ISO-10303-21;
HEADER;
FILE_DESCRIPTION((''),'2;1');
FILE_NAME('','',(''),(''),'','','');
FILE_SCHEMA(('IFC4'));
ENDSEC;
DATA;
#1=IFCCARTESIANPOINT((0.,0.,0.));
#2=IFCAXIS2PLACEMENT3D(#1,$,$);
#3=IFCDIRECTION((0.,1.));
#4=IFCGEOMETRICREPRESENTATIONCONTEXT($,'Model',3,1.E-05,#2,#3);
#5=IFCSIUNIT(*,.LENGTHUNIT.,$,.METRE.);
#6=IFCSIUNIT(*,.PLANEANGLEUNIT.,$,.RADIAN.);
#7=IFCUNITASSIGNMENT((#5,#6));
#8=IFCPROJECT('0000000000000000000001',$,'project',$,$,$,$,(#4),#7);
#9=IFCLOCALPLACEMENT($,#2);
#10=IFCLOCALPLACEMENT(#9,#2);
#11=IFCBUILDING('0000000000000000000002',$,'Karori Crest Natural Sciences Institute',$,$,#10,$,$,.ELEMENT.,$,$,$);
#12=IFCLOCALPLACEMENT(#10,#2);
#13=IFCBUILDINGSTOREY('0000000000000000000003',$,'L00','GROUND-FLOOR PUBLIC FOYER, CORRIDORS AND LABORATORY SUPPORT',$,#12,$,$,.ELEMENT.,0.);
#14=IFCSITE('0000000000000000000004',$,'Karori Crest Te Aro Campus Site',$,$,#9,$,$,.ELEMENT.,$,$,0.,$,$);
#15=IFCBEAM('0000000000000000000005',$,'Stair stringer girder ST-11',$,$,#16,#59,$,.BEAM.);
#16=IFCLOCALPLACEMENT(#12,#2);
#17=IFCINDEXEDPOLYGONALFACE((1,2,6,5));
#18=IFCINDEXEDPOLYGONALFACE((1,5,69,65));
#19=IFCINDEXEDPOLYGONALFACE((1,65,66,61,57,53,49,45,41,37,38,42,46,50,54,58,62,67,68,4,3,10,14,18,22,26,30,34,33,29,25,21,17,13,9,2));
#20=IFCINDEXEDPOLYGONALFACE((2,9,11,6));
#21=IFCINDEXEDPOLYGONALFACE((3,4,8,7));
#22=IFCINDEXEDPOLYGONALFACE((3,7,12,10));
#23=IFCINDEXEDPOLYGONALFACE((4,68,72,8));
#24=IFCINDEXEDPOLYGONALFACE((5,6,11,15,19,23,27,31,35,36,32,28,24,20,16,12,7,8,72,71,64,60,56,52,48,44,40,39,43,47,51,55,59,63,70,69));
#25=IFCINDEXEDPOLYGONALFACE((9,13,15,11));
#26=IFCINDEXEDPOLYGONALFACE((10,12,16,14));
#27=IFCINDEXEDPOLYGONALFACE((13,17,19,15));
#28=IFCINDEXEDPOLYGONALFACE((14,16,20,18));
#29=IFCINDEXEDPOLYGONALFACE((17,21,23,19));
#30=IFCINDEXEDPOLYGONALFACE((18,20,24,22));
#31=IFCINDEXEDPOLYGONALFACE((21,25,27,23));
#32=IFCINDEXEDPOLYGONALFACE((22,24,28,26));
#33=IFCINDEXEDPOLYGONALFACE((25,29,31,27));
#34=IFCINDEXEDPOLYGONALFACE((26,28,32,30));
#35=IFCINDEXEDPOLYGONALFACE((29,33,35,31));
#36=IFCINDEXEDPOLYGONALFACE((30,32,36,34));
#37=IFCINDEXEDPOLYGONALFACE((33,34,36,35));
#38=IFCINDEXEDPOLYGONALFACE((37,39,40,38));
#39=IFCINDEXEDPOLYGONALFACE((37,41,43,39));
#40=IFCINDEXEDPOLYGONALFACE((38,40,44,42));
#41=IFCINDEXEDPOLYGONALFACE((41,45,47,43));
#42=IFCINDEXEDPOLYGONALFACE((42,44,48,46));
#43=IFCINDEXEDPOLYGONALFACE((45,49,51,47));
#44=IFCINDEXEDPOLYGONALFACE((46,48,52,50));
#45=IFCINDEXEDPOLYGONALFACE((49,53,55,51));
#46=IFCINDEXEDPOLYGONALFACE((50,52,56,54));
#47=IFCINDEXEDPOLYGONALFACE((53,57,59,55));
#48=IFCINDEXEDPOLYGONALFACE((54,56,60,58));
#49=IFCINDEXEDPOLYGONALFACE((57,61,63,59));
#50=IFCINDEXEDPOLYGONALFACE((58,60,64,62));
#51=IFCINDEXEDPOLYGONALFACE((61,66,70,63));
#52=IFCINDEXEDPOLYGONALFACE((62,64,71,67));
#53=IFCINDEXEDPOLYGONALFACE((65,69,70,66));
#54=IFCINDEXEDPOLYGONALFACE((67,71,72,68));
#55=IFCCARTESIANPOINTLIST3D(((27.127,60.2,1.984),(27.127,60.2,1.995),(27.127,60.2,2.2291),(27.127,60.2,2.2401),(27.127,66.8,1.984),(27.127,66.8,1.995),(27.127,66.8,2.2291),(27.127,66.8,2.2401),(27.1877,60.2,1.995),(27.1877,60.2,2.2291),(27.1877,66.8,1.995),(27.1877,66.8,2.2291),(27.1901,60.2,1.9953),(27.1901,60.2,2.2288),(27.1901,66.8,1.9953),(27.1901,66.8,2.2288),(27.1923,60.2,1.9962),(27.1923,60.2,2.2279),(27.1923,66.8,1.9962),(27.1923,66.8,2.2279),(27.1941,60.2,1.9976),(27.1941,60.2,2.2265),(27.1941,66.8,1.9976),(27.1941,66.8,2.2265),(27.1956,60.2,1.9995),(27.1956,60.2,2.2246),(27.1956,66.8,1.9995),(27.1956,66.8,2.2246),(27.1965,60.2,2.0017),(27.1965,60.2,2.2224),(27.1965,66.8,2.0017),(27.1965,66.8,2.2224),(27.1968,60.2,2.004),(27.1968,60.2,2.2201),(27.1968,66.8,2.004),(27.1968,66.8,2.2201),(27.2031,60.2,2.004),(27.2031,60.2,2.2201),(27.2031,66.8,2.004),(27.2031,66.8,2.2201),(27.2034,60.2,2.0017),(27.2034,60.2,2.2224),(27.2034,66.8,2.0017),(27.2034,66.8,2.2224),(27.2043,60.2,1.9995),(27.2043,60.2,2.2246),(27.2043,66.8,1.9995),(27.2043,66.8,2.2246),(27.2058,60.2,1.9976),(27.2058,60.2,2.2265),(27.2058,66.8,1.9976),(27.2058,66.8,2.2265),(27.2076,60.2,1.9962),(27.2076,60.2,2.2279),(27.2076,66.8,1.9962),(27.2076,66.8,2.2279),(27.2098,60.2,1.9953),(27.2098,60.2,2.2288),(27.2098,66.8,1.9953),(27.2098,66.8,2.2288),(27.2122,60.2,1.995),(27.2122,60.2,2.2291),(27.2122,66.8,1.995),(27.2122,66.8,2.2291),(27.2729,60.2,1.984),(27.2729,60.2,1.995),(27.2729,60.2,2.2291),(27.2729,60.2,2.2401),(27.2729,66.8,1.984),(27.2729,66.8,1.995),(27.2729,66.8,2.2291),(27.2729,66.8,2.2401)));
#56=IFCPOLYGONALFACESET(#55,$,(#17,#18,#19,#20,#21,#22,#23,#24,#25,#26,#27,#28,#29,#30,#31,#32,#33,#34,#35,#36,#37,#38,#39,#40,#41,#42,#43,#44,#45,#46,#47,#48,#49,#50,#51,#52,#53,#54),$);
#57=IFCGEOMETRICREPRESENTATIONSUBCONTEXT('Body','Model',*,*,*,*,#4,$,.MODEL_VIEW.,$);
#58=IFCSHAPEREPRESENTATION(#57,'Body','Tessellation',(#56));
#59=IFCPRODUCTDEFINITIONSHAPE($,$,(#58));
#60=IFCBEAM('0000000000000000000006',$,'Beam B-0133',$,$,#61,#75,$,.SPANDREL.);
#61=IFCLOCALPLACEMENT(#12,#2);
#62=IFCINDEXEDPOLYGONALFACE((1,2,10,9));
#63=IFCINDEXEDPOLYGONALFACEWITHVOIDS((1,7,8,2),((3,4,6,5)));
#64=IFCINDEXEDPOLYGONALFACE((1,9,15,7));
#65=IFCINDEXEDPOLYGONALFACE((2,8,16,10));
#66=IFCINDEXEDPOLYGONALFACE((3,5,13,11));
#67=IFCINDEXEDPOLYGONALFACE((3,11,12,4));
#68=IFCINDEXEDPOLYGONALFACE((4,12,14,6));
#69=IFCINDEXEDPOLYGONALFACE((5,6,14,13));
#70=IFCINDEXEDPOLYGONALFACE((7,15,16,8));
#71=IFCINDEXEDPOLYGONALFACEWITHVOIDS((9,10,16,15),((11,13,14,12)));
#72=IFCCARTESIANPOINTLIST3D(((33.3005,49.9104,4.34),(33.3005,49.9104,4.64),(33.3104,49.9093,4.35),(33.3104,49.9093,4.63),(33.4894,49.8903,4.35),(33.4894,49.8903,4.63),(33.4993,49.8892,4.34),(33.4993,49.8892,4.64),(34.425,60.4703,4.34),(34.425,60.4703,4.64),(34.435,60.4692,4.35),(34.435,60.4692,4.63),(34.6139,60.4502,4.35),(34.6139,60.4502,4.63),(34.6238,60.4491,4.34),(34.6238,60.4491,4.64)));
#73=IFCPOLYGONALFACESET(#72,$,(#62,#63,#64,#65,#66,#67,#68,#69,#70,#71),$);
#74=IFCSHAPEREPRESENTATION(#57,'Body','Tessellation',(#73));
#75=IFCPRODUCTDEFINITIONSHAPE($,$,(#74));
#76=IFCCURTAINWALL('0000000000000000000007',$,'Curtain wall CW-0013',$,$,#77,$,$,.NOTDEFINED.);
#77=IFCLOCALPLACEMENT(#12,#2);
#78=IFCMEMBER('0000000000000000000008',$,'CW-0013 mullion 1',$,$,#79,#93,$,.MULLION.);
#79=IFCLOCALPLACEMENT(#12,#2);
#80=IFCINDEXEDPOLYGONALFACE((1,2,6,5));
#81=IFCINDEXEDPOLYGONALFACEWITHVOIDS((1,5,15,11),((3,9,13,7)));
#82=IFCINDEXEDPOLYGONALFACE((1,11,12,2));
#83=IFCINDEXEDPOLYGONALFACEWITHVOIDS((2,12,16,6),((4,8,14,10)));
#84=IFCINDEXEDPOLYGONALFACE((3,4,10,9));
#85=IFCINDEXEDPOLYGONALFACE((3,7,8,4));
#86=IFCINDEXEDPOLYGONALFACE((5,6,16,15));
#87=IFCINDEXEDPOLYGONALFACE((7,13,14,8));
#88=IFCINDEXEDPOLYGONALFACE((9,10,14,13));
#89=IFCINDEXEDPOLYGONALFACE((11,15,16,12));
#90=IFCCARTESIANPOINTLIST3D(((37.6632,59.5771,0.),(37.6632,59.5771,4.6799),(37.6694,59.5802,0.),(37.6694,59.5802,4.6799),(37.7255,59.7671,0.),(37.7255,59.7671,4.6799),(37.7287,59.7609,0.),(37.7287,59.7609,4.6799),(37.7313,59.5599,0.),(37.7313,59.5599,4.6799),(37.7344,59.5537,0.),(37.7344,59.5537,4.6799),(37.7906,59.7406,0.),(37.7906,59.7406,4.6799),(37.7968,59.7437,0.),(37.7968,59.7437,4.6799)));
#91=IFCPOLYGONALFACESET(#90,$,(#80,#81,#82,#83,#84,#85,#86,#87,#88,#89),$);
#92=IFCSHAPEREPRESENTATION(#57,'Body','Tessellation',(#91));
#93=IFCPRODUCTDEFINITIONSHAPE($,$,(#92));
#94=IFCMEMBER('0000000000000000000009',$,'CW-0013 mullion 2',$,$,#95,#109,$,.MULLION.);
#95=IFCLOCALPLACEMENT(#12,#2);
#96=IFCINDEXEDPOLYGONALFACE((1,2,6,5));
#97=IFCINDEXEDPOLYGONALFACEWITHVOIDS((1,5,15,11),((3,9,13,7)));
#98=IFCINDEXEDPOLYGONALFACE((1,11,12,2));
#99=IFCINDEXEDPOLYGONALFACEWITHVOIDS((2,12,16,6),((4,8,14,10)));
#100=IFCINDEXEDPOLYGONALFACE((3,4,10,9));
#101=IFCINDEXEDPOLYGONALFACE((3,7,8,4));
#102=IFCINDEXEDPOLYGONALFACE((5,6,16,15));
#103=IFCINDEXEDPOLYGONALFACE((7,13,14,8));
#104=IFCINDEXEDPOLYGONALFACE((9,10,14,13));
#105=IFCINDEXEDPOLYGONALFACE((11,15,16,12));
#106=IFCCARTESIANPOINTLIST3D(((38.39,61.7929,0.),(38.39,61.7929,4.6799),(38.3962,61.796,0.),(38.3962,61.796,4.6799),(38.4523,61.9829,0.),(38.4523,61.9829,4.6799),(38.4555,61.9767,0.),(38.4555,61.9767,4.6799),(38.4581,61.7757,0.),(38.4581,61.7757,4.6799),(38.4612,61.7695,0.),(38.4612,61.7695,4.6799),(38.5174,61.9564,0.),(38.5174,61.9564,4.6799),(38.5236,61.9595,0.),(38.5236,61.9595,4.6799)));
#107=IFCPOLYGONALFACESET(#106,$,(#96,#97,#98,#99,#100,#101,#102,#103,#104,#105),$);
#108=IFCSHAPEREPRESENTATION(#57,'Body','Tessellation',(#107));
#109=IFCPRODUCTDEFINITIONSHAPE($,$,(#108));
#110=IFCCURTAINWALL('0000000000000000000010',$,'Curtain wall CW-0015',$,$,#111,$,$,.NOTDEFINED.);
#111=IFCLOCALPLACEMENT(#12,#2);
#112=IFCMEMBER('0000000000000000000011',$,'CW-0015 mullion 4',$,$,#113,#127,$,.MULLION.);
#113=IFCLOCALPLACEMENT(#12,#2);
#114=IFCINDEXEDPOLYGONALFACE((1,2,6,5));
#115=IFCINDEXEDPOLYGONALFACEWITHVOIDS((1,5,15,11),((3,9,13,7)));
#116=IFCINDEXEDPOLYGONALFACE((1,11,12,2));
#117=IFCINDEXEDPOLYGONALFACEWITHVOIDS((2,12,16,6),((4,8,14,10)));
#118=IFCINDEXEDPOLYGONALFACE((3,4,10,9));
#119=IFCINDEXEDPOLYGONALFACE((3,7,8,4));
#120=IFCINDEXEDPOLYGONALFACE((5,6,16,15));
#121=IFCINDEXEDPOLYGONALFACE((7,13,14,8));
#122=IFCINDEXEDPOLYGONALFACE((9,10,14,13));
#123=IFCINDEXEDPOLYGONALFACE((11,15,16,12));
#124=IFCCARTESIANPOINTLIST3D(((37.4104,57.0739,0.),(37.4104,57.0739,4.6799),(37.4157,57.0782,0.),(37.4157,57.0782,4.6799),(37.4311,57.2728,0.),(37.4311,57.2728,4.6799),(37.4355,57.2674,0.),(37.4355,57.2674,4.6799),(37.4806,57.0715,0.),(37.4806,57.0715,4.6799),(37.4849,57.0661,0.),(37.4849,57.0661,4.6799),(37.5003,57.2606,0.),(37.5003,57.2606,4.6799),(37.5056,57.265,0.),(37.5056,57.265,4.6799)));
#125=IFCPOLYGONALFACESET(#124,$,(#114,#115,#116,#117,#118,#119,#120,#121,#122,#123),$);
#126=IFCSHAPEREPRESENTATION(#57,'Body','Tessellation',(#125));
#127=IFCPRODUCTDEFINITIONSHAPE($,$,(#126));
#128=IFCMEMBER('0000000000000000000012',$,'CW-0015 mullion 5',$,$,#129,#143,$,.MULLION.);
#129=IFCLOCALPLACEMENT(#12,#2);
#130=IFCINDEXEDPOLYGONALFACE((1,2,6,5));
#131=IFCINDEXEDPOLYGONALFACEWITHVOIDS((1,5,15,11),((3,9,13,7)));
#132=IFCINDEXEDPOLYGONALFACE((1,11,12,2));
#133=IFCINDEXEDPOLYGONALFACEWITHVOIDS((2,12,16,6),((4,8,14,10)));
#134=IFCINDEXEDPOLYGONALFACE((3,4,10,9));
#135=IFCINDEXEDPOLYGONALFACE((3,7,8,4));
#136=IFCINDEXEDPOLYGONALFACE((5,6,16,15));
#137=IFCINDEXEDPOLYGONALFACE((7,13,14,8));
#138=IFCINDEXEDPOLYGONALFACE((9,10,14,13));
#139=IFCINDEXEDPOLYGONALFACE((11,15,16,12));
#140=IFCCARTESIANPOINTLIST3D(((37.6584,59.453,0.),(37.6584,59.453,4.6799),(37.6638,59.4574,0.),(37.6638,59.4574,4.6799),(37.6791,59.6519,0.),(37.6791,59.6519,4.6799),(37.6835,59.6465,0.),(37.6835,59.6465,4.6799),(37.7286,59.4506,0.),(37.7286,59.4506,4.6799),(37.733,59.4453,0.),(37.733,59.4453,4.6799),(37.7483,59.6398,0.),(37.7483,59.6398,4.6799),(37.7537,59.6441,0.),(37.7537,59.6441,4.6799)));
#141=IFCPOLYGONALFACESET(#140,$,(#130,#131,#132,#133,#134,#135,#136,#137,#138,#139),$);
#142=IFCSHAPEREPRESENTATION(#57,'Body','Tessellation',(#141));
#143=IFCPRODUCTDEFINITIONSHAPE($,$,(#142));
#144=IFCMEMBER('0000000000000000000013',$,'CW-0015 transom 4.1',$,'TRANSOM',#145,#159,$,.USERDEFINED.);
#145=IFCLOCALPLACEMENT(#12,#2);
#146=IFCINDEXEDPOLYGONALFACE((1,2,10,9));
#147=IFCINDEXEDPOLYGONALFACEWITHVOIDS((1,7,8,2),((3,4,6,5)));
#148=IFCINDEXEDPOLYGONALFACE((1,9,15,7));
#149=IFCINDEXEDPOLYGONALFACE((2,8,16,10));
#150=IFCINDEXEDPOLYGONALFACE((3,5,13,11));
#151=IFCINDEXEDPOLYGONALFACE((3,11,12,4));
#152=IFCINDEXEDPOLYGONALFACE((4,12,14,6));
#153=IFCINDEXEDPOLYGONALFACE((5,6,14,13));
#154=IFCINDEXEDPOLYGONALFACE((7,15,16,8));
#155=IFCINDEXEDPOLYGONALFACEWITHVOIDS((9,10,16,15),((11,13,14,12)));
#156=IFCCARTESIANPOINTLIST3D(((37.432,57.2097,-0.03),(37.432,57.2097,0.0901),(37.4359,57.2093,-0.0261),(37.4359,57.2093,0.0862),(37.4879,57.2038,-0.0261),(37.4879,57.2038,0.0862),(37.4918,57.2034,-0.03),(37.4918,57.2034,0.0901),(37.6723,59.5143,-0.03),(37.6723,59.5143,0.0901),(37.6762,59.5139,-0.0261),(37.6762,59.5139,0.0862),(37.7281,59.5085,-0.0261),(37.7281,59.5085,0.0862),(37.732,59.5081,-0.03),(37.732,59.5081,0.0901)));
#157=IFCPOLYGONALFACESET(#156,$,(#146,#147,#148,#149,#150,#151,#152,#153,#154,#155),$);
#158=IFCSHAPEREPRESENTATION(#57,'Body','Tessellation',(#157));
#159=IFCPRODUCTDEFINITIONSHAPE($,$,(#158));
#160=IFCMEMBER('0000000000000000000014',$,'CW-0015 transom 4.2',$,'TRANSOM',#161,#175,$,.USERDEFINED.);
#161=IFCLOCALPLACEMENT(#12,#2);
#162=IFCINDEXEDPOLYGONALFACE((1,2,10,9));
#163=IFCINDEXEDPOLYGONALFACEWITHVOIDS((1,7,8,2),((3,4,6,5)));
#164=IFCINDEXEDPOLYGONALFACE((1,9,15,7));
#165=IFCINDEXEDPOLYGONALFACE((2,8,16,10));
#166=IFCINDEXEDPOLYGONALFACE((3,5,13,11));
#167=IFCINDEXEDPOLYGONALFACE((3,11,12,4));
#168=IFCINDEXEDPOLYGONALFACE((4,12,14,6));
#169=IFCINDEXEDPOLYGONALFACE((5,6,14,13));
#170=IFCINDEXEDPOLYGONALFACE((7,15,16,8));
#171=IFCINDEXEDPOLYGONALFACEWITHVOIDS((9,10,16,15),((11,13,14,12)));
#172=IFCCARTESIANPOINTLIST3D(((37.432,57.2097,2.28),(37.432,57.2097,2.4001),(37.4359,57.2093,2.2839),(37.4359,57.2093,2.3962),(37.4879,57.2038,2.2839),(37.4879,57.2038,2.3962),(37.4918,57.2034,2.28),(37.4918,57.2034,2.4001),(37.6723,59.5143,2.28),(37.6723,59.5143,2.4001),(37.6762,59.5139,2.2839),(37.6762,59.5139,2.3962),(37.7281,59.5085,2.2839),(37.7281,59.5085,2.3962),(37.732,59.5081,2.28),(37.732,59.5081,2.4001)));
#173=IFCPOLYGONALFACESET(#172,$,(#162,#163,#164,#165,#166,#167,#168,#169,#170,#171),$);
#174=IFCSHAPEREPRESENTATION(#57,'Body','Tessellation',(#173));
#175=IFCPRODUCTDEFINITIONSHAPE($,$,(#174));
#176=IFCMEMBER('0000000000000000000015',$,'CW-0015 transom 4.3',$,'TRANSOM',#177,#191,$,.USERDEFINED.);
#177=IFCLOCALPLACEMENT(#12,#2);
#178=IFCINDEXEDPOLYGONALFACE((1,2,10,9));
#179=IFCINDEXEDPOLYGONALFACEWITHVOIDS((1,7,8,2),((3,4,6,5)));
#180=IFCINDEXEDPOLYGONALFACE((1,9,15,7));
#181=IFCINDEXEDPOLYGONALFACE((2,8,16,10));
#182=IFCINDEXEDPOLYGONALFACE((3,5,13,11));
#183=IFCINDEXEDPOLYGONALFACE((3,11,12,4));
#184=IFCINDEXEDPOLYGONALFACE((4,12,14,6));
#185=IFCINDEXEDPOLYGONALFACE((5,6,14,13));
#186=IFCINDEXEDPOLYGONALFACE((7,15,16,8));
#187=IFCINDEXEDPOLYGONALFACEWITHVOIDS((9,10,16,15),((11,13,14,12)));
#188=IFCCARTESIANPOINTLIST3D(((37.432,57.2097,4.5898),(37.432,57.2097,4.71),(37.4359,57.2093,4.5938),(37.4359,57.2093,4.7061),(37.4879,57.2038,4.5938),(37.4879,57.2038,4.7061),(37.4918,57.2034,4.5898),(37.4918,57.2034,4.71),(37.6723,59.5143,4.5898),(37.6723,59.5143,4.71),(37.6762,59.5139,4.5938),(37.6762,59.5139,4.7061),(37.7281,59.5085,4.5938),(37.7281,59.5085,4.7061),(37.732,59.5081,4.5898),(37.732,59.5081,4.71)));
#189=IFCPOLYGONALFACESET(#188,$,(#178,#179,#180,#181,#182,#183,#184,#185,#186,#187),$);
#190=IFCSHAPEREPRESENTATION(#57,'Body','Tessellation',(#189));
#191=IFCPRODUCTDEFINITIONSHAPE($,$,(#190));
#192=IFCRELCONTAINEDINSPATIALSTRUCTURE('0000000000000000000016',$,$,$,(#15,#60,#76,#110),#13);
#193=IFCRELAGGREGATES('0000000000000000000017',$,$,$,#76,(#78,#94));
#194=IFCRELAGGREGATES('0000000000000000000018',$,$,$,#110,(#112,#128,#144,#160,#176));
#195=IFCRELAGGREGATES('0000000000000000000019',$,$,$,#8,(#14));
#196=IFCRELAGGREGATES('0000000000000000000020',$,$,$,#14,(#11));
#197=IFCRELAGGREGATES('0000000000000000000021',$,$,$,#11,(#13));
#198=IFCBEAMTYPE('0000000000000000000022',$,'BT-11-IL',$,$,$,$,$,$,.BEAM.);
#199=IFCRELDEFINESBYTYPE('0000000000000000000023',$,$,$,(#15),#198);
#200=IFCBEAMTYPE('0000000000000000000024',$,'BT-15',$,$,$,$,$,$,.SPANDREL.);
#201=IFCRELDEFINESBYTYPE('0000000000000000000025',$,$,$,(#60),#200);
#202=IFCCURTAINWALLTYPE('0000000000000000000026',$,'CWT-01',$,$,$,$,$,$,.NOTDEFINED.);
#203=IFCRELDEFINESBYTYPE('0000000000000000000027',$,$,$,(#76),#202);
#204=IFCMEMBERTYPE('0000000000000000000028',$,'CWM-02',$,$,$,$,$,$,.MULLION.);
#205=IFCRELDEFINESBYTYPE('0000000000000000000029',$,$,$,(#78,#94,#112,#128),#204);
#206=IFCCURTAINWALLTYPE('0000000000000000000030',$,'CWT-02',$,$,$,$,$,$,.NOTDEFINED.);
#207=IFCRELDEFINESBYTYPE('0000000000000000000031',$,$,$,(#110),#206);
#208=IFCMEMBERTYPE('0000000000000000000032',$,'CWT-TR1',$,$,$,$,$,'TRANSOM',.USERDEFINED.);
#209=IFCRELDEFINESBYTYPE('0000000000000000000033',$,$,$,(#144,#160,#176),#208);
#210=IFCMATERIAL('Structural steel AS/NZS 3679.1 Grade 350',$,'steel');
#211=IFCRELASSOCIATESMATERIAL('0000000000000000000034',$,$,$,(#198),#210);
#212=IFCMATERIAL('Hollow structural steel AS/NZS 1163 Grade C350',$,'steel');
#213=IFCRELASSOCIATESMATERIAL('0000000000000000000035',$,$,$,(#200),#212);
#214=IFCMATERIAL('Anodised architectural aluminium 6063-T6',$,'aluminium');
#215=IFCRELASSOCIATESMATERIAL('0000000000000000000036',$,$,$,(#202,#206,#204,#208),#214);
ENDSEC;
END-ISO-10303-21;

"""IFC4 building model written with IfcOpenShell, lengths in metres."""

from ifc_helpers import new_model, si_unit, direction, frame, origin, origin_2d, place, context, subcontext, project, spatial, hollow_rectangle, i_section, extrude, material, material_profile, profile_set, type_object, element, aggregate, save


model = new_model("IFC4")

# Units and contexts
model_context = context("Model", 3, precision=1e-05, world=origin(), true_north=direction((0.0, 1.0)))
body_context = subcontext(model_context, "Body", "Model", "MODEL_VIEW")
ifc_project = project(units=[si_unit("LENGTHUNIT", "METRE"), si_unit("PLANEANGLEUNIT", "RADIAN")], contexts=[model_context])

# Site, building, storey
site_placement = place(None, origin())
site = spatial("IfcSite", under=ifc_project, at=site_placement, Name="Karori Crest Te Aro Campus Site", CompositionType="ELEMENT", RefElevation=0.0)
building_placement = place(site_placement, origin())
building = spatial("IfcBuilding", under=site, at=building_placement, Name="Karori Crest Natural Sciences Institute", CompositionType="ELEMENT")
storey_placement = place(building_placement, origin())
storey = spatial("IfcBuildingStorey", under=building, at=storey_placement, Name="L00", Description="GROUND-FLOOR PUBLIC FOYER, CORRIDORS AND LABORATORY SUPPORT", CompositionType="ELEMENT", Elevation=0.0)

# Shared definitions
ifc_material_1 = material(Name="Structural steel AS/NZS 3679.1 Grade 350", Category="steel")
ifc_material_2 = material(Name="Hollow structural steel AS/NZS 1163 Grade C350", Category="steel")

# Beams
ifc_material_profile_1 = material_profile(ifc_material_1, i_section(OverallWidth=0.146, OverallDepth=0.2561, WebThickness=0.0063, FlangeThickness=0.011, FilletRadius=0.009, at=origin_2d()), Name="250UB37.3")
ifc_profile_set_1 = profile_set([ifc_material_profile_1], Name="Structural steel AS/NZS 3679.1 Grade 350")
beam_type_1 = type_object("IfcBeamType", Name="BT-11-IL", PredefinedType="BEAM", material=ifc_profile_set_1)
beam_1_placement = place(storey_placement, frame((27.2, 60.2, 2.1121), z_axis=(0.0, 1.0, 0.0), x_axis=(-1.0, 0.0, 0.0)))
element("IfcBeam", 1, at=beam_1_placement, inside=storey, type_object=beam_type_1, Name="Stair stringer girder ST-11", PredefinedType="BEAM", context=body_context, shape_type="SweptSolid", body=[
    extrude(i_section(OverallWidth=0.146, OverallDepth=0.2561, WebThickness=0.0063, FlangeThickness=0.011, FilletRadius=0.009, at=origin_2d()), origin(), (0.0, 0.0, 1.0), 6.6001),
])
ifc_material_profile_2 = material_profile(ifc_material_2, hollow_rectangle(XDim=0.2, YDim=0.3, WallThickness=0.01, at=origin_2d()), Name="RHS300x200x10")
ifc_profile_set_2 = profile_set([ifc_material_profile_2], Name="Hollow structural steel AS/NZS 1163 Grade C350")
beam_type_2 = type_object("IfcBeamType", Name="BT-15", PredefinedType="SPANDREL", material=ifc_profile_set_2)
beam_2_placement = place(storey_placement, frame((34.5244, 60.4597, 4.49), z_axis=(-0.105891, -0.994378, 0.0), x_axis=(0.994378, -0.105891, 0.0)))
element("IfcBeam", 2, at=beam_2_placement, inside=storey, type_object=beam_type_2, Name="Beam B-0133", PredefinedType="SPANDREL", context=body_context, shape_type="SweptSolid", body=[
    extrude(hollow_rectangle(XDim=0.2, YDim=0.3, WallThickness=0.01, at=origin_2d()), origin(), (0.0, 0.0, 1.0), 10.6196),
])

# Curtain walls, members
ifc_material_3 = material(Name="Anodised architectural aluminium 6063-T6", Category="aluminium")
curtain_wall_type_1 = type_object("IfcCurtainWallType", Name="CWT-01", PredefinedType="NOTDEFINED", material=ifc_material_3)
curtain_wall_1_placement = place(storey_placement, origin())
curtain_wall_1 = element("IfcCurtainWall", 3, at=curtain_wall_1_placement, inside=storey, type_object=curtain_wall_type_1, Name="Curtain wall CW-0013", PredefinedType="NOTDEFINED")
ifc_material_profile_3 = material_profile(ifc_material_3, hollow_rectangle(XDim=0.075, YDim=0.2, WallThickness=0.0049, at=origin_2d()), Name="CWM200x75x5")
ifc_profile_set_3 = profile_set([ifc_material_profile_3], Name="Anodised architectural aluminium 6063-T6")
member_type_1 = type_object("IfcMemberType", Name="CWM-02", PredefinedType="MULLION", material=ifc_profile_set_3)
member_1_placement = place(storey_placement, frame((37.73, 59.6604, 0.0), z_axis=(0.0, 0.0, 1.0), x_axis=(-0.950176, 0.311714, 0.0)))
member_1 = element("IfcMember", 4, at=member_1_placement, type_object=member_type_1, Name="CW-0013 mullion 1", PredefinedType="MULLION", context=body_context, shape_type="SweptSolid", body=[
    extrude(hollow_rectangle(XDim=0.075, YDim=0.2, WallThickness=0.0049, at=origin_2d()), origin(), (0.0, 0.0, 1.0), 4.6799),
])
member_2_placement = place(storey_placement, frame((38.4568, 61.8762, 0.0), z_axis=(0.0, 0.0, 1.0), x_axis=(-0.950176, 0.311714, 0.0)))
member_2 = element("IfcMember", 5, at=member_2_placement, type_object=member_type_1, Name="CW-0013 mullion 2", PredefinedType="MULLION", context=body_context, shape_type="SweptSolid", body=[
    extrude(hollow_rectangle(XDim=0.075, YDim=0.2, WallThickness=0.0049, at=origin_2d()), origin(), (0.0, 0.0, 1.0), 4.6799),
])
curtain_wall_type_2 = type_object("IfcCurtainWallType", Name="CWT-02", PredefinedType="NOTDEFINED", material=ifc_material_3)
curtain_wall_2_placement = place(storey_placement, origin())
curtain_wall_2 = element("IfcCurtainWall", 6, at=curtain_wall_2_placement, inside=storey, type_object=curtain_wall_type_2, Name="Curtain wall CW-0015", PredefinedType="NOTDEFINED")
member_3_placement = place(storey_placement, frame((37.458, 57.1694, 0.0), z_axis=(0.0, 0.0, 1.0), x_axis=(-0.994608, 0.103701, 0.0)))
member_3 = element("IfcMember", 7, at=member_3_placement, type_object=member_type_1, Name="CW-0015 mullion 4", PredefinedType="MULLION", context=body_context, shape_type="SweptSolid", body=[
    extrude(hollow_rectangle(XDim=0.075, YDim=0.2, WallThickness=0.0049, at=origin_2d()), origin(), (0.0, 0.0, 1.0), 4.6799),
])
member_4_placement = place(storey_placement, frame((37.7061, 59.5486, 0.0), z_axis=(0.0, 0.0, 1.0), x_axis=(-0.994608, 0.103701, 0.0)))
member_4 = element("IfcMember", 8, at=member_4_placement, type_object=member_type_1, Name="CW-0015 mullion 5", PredefinedType="MULLION", context=body_context, shape_type="SweptSolid", body=[
    extrude(hollow_rectangle(XDim=0.075, YDim=0.2, WallThickness=0.0049, at=origin_2d()), origin(), (0.0, 0.0, 1.0), 4.6799),
])
ifc_material_profile_4 = material_profile(ifc_material_3, hollow_rectangle(XDim=0.0601, YDim=0.1201, WallThickness=0.0039, at=origin_2d()), Name="CWT120x60x4")
ifc_profile_set_4 = profile_set([ifc_material_profile_4], Name="Anodised architectural aluminium 6063-T6")
member_type_2 = type_object("IfcMemberType", Name="CWT-TR1", ElementType="TRANSOM", PredefinedType="USERDEFINED", material=ifc_profile_set_4)
member_5_placement = place(storey_placement, frame((37.4619, 57.2065, 0.03), z_axis=(0.103676, 0.994611, 0.0), x_axis=(-0.994611, 0.103676, 0.0)))
member_5 = element("IfcMember", 9, at=member_5_placement, type_object=member_type_2, Name="CW-0015 transom 4.1", ObjectType="TRANSOM", PredefinedType="USERDEFINED", context=body_context, shape_type="SweptSolid", body=[
    extrude(hollow_rectangle(XDim=0.0601, YDim=0.1201, WallThickness=0.0039, at=origin_2d()), origin(), (0.0, 0.0, 1.0), 2.3171),
])
member_6_placement = place(storey_placement, frame((37.4619, 57.2065, 2.3401), z_axis=(0.103676, 0.994611, 0.0), x_axis=(-0.994611, 0.103676, 0.0)))
member_6 = element("IfcMember", 10, at=member_6_placement, type_object=member_type_2, Name="CW-0015 transom 4.2", ObjectType="TRANSOM", PredefinedType="USERDEFINED", context=body_context, shape_type="SweptSolid", body=[
    extrude(hollow_rectangle(XDim=0.0601, YDim=0.1201, WallThickness=0.0039, at=origin_2d()), origin(), (0.0, 0.0, 1.0), 2.3171),
])
member_7_placement = place(storey_placement, frame((37.4619, 57.2065, 4.6499), z_axis=(0.103676, 0.994611, 0.0), x_axis=(-0.994611, 0.103676, 0.0)))
member_7 = element("IfcMember", 11, at=member_7_placement, type_object=member_type_2, Name="CW-0015 transom 4.3", ObjectType="TRANSOM", PredefinedType="USERDEFINED", context=body_context, shape_type="SweptSolid", body=[
    extrude(hollow_rectangle(XDim=0.0601, YDim=0.1201, WallThickness=0.0039, at=origin_2d()), origin(), (0.0, 0.0, 1.0), 2.3171),
])

aggregate(curtain_wall_1, [member_1, member_2])
aggregate(curtain_wall_2, [member_3, member_4, member_5, member_6, member_7])

save(model, "model.ifc")
